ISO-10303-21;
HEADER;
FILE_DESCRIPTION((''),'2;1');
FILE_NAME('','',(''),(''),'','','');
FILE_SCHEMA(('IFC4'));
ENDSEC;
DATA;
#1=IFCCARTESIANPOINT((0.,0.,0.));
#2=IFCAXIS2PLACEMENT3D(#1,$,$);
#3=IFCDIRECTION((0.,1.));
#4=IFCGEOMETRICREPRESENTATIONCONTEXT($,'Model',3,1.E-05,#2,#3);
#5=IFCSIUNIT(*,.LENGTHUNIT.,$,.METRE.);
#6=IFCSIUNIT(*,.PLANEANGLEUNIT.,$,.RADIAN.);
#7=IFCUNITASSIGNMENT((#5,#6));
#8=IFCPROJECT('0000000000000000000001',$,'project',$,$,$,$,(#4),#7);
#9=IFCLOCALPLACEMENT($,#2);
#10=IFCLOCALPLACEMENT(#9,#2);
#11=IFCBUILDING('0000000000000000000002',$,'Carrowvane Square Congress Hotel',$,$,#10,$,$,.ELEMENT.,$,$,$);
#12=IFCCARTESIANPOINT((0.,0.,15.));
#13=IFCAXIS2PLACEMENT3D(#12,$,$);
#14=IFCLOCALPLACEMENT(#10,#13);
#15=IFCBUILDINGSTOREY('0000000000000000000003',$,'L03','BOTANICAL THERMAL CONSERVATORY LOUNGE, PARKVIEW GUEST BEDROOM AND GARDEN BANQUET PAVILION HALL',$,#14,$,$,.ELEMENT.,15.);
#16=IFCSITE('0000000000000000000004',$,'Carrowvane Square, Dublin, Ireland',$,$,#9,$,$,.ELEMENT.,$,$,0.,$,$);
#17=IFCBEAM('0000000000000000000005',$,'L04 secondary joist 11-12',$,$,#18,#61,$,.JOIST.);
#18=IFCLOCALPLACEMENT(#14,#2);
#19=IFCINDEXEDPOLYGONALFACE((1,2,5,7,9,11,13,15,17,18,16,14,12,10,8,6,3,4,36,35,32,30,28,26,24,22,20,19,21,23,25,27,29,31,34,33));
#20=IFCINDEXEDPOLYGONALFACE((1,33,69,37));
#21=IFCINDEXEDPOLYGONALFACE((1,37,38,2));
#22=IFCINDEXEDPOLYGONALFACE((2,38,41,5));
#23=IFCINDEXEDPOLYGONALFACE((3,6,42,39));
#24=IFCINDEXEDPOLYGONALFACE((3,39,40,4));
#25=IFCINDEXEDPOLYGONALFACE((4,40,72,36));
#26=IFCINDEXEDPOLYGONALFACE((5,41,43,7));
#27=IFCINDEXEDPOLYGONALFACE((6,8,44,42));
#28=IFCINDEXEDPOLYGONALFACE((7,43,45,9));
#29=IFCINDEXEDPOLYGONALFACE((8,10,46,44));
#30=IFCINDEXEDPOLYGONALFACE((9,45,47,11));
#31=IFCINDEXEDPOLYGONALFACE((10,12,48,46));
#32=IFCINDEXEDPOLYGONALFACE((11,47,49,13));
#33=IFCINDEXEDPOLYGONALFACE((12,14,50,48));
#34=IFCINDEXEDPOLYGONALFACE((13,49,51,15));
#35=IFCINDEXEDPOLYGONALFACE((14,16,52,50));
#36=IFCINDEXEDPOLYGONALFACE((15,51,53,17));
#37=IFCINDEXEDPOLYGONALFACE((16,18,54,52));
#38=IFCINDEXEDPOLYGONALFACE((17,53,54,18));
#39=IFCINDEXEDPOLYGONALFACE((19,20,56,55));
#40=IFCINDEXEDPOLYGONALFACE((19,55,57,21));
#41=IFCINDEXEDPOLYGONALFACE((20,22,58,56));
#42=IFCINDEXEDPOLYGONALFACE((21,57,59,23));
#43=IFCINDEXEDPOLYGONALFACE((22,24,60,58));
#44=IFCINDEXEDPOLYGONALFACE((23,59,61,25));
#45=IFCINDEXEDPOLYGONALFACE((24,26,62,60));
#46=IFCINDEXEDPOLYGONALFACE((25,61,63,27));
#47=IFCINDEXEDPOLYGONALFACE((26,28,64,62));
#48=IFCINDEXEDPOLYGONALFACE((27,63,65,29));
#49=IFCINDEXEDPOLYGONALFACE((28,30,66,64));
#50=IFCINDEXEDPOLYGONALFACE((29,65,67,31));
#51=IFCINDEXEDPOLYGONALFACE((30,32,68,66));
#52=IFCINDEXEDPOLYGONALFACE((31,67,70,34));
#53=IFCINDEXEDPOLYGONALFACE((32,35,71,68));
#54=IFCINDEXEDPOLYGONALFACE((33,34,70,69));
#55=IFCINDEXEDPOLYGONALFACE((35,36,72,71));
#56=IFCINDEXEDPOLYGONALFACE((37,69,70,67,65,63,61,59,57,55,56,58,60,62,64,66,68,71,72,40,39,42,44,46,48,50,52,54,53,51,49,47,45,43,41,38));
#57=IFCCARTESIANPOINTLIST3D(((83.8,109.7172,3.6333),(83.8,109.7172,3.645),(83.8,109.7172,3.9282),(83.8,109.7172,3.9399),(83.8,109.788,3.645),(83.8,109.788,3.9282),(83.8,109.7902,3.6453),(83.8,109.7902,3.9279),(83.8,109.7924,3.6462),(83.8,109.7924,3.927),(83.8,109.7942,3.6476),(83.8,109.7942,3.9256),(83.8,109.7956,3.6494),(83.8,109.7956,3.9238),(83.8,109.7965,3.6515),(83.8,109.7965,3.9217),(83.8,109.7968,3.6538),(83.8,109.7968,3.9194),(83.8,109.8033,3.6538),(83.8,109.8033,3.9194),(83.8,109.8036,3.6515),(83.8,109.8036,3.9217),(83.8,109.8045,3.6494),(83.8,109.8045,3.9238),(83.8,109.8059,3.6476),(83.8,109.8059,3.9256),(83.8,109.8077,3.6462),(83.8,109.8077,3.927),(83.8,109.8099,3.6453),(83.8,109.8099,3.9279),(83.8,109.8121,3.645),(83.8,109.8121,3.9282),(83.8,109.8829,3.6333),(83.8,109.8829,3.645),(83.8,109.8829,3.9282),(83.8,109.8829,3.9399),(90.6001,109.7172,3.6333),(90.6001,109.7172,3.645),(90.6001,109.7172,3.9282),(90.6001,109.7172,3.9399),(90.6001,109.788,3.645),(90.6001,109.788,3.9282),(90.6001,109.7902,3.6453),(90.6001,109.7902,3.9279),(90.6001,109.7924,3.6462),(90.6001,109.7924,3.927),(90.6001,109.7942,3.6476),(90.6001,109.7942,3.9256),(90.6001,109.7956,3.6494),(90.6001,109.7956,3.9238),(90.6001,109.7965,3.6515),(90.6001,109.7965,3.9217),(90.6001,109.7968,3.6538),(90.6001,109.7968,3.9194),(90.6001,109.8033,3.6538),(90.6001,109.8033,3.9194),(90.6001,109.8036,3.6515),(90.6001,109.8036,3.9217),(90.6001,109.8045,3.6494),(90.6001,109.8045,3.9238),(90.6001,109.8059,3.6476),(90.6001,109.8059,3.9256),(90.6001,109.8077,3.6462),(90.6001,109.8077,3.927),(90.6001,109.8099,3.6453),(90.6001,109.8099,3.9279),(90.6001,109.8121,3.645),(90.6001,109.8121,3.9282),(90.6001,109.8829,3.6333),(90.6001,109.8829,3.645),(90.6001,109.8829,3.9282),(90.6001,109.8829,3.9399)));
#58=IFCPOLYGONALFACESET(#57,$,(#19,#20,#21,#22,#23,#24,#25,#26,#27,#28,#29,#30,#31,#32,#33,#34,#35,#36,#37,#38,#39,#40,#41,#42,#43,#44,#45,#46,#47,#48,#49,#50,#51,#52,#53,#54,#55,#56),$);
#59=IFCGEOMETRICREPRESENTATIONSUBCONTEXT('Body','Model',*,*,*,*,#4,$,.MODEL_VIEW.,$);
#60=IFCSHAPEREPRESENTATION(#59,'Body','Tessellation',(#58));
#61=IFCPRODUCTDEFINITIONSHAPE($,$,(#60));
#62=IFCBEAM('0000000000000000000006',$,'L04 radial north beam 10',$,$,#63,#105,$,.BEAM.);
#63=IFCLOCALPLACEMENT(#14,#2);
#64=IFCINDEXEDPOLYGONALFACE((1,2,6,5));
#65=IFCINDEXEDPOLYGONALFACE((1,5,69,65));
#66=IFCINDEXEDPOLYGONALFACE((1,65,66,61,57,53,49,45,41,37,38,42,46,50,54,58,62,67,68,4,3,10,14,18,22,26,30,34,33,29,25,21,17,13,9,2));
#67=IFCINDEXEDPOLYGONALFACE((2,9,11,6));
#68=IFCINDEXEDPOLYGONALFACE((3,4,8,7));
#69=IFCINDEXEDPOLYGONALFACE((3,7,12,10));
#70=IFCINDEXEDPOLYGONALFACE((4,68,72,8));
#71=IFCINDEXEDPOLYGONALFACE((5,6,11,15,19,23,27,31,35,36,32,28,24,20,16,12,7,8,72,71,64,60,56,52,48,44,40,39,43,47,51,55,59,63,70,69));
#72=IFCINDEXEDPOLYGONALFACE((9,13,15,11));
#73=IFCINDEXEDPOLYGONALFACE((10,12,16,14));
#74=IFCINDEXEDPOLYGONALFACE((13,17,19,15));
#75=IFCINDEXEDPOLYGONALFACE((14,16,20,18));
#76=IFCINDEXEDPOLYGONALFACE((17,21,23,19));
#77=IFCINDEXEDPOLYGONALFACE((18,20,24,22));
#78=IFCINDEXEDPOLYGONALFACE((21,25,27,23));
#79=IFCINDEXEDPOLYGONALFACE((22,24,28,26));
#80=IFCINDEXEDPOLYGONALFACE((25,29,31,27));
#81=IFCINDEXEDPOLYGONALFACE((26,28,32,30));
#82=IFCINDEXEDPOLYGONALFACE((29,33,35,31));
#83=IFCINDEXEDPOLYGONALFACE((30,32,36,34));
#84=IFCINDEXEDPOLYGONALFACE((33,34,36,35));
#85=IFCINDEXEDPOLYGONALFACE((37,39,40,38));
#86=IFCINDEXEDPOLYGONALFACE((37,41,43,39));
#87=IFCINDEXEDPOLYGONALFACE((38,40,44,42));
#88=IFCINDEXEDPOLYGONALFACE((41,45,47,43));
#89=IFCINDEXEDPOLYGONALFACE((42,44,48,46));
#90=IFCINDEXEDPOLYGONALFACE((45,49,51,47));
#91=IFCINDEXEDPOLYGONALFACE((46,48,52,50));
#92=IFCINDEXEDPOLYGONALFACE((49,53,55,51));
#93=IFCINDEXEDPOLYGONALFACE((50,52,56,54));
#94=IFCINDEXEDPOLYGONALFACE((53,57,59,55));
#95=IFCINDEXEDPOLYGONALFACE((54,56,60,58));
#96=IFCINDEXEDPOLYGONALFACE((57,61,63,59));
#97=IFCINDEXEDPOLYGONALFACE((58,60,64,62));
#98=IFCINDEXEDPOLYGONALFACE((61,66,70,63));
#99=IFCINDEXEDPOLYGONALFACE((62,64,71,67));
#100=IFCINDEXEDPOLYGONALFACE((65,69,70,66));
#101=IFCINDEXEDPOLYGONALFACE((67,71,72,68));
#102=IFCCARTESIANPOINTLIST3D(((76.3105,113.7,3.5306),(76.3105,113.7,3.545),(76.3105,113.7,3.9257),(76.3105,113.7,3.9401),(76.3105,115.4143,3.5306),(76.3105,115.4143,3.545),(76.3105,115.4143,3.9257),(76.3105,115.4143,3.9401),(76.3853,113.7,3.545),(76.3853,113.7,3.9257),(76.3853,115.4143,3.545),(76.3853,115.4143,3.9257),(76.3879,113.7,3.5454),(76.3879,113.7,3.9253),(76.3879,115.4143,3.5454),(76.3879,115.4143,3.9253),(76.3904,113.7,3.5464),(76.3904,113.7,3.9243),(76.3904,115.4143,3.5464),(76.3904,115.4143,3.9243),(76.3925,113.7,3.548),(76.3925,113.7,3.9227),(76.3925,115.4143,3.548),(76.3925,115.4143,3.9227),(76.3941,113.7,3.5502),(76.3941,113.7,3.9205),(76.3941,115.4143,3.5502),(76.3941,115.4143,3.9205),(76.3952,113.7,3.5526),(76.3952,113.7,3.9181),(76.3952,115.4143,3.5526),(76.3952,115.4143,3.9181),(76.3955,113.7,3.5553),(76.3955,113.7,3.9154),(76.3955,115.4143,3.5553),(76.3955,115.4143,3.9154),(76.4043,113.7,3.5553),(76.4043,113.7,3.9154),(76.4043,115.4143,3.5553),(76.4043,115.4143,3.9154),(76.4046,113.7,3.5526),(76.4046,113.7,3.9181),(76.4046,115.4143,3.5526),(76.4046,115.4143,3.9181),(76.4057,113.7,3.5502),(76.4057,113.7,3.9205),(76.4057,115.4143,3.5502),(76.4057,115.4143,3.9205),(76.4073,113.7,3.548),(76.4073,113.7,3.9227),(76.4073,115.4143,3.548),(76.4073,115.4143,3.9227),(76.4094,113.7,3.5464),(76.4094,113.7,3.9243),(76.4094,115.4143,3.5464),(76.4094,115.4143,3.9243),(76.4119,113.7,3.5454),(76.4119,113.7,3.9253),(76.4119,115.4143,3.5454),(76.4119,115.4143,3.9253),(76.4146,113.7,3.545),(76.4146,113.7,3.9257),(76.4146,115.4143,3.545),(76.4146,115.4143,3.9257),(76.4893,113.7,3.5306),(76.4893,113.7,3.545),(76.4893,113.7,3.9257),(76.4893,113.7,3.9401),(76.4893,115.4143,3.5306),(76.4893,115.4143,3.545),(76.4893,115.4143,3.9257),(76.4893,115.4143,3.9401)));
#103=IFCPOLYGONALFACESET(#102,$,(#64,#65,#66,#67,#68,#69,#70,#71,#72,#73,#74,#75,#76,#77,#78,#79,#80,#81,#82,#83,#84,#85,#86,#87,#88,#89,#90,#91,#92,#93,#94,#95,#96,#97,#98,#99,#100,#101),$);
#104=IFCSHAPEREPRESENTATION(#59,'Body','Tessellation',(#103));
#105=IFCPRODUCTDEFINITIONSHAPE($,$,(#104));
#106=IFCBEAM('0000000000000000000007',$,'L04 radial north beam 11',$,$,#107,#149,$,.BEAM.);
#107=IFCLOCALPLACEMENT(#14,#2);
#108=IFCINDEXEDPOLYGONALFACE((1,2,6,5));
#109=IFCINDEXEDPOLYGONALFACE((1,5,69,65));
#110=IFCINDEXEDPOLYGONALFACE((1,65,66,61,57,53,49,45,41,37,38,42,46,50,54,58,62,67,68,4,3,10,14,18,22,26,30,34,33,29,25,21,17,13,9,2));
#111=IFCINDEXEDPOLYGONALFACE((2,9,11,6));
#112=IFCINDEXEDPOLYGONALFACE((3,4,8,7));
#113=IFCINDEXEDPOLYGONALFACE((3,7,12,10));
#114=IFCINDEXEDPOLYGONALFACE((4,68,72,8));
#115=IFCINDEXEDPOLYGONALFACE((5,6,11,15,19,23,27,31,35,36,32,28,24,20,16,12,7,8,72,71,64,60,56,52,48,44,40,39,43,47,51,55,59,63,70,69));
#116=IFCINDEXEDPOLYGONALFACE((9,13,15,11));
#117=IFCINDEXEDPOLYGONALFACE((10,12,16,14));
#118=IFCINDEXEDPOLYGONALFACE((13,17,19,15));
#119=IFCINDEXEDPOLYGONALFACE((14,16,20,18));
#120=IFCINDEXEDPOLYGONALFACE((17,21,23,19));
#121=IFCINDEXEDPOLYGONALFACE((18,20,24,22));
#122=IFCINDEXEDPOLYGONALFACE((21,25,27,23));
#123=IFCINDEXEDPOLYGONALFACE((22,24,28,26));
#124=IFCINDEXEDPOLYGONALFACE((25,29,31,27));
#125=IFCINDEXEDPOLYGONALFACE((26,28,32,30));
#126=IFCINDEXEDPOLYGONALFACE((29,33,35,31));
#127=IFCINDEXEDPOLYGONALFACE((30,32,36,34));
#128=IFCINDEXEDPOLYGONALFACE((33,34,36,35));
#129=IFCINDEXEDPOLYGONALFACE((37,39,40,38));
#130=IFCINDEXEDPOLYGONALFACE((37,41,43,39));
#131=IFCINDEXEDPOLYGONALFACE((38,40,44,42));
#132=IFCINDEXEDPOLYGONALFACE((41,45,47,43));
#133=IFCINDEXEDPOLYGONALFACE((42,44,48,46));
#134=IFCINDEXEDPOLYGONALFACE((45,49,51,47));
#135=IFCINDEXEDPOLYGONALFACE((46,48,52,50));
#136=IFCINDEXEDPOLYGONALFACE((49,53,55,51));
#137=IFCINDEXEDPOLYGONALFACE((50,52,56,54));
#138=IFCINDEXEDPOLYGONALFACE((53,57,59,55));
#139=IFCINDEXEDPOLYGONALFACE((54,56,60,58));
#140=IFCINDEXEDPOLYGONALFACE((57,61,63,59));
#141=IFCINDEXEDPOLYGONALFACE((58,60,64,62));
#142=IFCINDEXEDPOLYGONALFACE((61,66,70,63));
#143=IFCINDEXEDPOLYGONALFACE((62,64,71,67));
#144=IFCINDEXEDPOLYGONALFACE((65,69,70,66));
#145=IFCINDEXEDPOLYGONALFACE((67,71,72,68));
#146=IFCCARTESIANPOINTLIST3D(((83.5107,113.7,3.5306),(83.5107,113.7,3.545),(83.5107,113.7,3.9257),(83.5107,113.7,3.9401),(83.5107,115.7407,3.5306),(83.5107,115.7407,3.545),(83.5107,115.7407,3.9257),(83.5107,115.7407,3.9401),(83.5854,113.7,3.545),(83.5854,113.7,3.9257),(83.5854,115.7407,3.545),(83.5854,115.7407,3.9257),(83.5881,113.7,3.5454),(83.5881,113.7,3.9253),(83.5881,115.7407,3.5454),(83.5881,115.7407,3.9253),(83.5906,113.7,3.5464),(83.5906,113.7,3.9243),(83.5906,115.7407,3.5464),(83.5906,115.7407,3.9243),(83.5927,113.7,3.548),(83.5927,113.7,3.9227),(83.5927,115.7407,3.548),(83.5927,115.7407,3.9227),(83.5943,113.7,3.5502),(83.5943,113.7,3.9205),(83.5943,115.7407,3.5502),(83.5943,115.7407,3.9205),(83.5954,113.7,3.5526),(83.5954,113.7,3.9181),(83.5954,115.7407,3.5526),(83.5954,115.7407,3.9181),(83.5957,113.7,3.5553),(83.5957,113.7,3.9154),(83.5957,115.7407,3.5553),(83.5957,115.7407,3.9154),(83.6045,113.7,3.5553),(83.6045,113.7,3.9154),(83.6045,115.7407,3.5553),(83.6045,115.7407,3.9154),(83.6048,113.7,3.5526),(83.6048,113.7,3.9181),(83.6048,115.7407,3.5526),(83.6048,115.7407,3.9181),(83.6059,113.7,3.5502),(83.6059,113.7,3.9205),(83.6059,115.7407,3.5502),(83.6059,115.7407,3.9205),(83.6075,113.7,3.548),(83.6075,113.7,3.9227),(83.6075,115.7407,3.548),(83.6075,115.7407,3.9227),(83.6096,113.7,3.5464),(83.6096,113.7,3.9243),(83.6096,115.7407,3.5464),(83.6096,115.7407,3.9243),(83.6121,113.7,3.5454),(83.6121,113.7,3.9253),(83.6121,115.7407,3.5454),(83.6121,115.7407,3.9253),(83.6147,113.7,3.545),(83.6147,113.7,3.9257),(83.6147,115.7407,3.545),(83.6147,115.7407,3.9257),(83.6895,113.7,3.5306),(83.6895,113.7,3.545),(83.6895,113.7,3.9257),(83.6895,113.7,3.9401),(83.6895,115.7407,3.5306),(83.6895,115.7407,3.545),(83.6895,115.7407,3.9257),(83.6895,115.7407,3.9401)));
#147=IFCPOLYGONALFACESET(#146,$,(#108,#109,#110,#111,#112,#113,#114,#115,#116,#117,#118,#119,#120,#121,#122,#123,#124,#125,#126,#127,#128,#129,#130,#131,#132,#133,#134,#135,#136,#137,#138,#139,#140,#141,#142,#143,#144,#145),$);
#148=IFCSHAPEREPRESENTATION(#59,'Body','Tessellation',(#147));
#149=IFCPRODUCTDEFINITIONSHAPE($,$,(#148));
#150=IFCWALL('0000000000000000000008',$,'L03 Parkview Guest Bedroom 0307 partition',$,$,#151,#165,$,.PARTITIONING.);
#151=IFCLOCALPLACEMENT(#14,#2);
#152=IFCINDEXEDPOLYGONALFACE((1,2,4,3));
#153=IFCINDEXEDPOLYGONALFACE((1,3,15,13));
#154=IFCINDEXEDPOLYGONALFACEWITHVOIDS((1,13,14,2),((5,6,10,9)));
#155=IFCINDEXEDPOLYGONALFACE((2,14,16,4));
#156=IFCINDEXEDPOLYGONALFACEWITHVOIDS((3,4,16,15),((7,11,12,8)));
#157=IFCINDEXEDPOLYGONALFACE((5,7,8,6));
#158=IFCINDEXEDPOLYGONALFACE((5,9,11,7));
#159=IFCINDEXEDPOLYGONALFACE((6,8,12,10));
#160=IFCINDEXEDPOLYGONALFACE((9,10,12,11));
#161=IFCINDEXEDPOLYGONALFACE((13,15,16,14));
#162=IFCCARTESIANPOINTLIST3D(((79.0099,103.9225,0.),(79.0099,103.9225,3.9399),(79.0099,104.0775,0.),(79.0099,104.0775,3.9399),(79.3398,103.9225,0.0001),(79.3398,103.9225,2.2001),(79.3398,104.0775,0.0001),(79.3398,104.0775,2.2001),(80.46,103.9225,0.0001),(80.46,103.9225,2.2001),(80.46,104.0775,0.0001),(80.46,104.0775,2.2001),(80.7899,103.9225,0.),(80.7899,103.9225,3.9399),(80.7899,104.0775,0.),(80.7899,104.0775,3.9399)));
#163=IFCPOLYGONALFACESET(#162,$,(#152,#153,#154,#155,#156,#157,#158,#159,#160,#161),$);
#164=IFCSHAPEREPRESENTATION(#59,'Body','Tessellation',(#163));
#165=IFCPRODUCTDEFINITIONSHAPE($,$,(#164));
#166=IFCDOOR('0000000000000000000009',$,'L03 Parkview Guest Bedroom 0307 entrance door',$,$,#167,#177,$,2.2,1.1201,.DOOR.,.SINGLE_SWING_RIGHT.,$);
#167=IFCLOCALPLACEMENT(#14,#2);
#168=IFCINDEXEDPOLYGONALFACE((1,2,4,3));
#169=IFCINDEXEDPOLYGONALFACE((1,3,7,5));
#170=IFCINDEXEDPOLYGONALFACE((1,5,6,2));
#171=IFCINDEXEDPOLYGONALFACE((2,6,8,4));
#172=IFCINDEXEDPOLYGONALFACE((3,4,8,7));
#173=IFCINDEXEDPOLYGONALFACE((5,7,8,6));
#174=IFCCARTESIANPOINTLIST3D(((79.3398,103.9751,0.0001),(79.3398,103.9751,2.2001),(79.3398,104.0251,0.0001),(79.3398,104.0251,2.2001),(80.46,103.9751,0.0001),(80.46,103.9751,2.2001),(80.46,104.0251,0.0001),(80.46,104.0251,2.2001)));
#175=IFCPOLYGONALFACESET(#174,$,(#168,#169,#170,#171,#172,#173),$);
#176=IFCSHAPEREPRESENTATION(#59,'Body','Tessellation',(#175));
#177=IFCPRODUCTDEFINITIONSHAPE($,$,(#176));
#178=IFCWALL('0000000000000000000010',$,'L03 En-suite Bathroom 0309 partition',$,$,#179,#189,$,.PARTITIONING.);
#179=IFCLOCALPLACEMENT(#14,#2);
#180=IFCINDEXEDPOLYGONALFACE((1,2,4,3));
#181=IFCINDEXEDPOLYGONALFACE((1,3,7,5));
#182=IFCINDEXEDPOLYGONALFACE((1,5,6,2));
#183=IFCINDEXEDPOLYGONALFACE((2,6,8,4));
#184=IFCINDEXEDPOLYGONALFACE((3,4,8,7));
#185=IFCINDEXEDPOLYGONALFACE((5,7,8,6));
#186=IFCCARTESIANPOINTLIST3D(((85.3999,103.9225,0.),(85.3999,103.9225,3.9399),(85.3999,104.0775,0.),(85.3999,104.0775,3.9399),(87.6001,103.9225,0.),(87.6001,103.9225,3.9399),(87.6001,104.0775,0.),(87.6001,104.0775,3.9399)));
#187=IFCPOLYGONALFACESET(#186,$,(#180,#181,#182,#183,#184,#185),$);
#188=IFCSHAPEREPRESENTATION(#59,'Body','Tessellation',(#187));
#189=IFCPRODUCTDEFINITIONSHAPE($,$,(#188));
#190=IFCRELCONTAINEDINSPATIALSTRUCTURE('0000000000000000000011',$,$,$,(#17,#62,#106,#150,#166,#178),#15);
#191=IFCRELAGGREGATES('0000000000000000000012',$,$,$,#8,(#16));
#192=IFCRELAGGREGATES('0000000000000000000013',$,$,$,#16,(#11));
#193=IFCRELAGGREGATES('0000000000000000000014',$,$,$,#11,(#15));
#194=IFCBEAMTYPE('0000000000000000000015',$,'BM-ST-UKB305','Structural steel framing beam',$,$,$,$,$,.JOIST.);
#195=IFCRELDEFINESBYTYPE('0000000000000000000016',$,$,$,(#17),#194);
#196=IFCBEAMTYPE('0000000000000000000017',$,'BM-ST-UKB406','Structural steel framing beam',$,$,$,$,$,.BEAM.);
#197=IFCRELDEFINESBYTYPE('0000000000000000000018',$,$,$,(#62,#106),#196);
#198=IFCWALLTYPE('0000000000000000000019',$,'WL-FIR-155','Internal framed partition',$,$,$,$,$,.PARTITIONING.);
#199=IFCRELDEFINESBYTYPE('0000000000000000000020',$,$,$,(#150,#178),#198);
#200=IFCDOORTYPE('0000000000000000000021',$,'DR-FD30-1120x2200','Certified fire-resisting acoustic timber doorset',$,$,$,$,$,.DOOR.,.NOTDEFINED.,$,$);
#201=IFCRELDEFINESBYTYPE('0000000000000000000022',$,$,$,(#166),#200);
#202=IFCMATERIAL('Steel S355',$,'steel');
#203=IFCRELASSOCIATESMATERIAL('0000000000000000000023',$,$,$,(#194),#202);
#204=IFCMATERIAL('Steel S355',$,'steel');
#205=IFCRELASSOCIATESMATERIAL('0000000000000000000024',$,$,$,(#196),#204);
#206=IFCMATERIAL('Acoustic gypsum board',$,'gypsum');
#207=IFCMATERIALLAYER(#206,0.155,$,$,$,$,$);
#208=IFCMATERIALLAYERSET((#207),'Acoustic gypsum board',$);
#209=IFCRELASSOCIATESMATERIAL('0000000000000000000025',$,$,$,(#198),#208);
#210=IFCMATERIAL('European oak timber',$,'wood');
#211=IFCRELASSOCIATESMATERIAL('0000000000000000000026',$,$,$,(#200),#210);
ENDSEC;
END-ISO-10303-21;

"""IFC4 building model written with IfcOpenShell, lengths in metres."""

from ifc_helpers import new_model, si_unit, direction, frame, frame_2d, origin, origin_2d, place, context, subcontext, project, spatial, rectangle, i_section, extrude, material, layer, layer_set, material_profile, profile_set, type_object, element, fill, save


model = new_model("IFC4")

# Units and contexts
model_context = context("Model", 3, precision=1e-05, world=origin(), true_north=direction((0.0, 1.0)))
body_context = subcontext(model_context, "Body", "Model", "MODEL_VIEW")
ifc_project = project(units=[si_unit("LENGTHUNIT", "METRE"), si_unit("PLANEANGLEUNIT", "RADIAN")], contexts=[model_context])

# Site, building, storey
site_placement = place(None, origin())
site = spatial("IfcSite", under=ifc_project, at=site_placement, Name="Carrowvane Square, Dublin, Ireland", CompositionType="ELEMENT", RefElevation=0.0)
building_placement = place(site_placement, origin())
building = spatial("IfcBuilding", under=site, at=building_placement, Name="Carrowvane Square Congress Hotel", CompositionType="ELEMENT")
storey_placement = place(building_placement, frame((0.0, 0.0, 15.0)))
storey = spatial("IfcBuildingStorey", under=building, at=storey_placement, Name="L03", Description="BOTANICAL THERMAL CONSERVATORY LOUNGE, PARKVIEW GUEST BEDROOM AND GARDEN BANQUET PAVILION HALL", CompositionType="ELEMENT", Elevation=15.0)

# Beams
ifc_material_1 = material(Name="Steel S355", Category="steel")
ifc_material_profile_1 = material_profile(ifc_material_1, i_section(OverallWidth=0.1658, OverallDepth=0.3066, WebThickness=0.0066, FlangeThickness=0.0117, FilletRadius=0.0088, at=origin_2d()), Name="UKB 305x165x46")
ifc_profile_set_1 = profile_set([ifc_material_profile_1], Name="Steel S355")
beam_type_1 = type_object("IfcBeamType", Name="BM-ST-UKB305", Description="Structural steel framing beam", PredefinedType="JOIST", material=ifc_profile_set_1)
beam_1_placement = place(storey_placement, frame((83.8, 109.8, 3.7866), z_axis=(1.0, 0.0, 0.0), x_axis=(0.0, 1.0, 0.0)))
element("IfcBeam", 1, at=beam_1_placement, inside=storey, type_object=beam_type_1, Name="L04 secondary joist 11-12", PredefinedType="JOIST", context=body_context, shape_type="SweptSolid", body=[
    extrude(i_section(OverallWidth=0.1658, OverallDepth=0.3066, WebThickness=0.0066, FlangeThickness=0.0117, FilletRadius=0.0088, at=origin_2d()), origin(), (0.0, 0.0, 1.0), 6.8),
])
ifc_material_2 = material(Name="Steel S355", Category="steel")
ifc_material_profile_2 = material_profile(ifc_material_2, i_section(OverallWidth=0.1787, OverallDepth=0.4094, WebThickness=0.0088, FlangeThickness=0.0144, FilletRadius=0.0103, at=origin_2d()), Name="UKB 406x178x67")
ifc_profile_set_2 = profile_set([ifc_material_profile_2], Name="Steel S355")
beam_type_2 = type_object("IfcBeamType", Name="BM-ST-UKB406", Description="Structural steel framing beam", PredefinedType="BEAM", material=ifc_profile_set_2)
beam_2_placement = place(storey_placement, frame((76.3999, 113.7, 3.7354), z_axis=(0.0, 1.0, 0.0), x_axis=(-1.0, 0.0, 0.0)))
element("IfcBeam", 2, at=beam_2_placement, inside=storey, type_object=beam_type_2, Name="L04 radial north beam 10", PredefinedType="BEAM", context=body_context, shape_type="SweptSolid", body=[
    extrude(i_section(OverallWidth=0.1787, OverallDepth=0.4094, WebThickness=0.0088, FlangeThickness=0.0144, FilletRadius=0.0103, at=origin_2d()), origin(), (0.0, 0.0, 1.0), 1.7144),
])
beam_3_placement = place(storey_placement, frame((83.6001, 113.7, 3.7354), z_axis=(0.0, 1.0, 0.0), x_axis=(-1.0, 0.0, 0.0)))
element("IfcBeam", 3, at=beam_3_placement, inside=storey, type_object=beam_type_2, Name="L04 radial north beam 11", PredefinedType="BEAM", context=body_context, shape_type="SweptSolid", body=[
    extrude(i_section(OverallWidth=0.1787, OverallDepth=0.4094, WebThickness=0.0088, FlangeThickness=0.0144, FilletRadius=0.0103, at=origin_2d()), origin(), (0.0, 0.0, 1.0), 2.0408),
])

# Wall, opening, door
ifc_material_3 = material(Name="Acoustic gypsum board", Category="gypsum")
ifc_layer_1 = layer(ifc_material_3, 0.155)
ifc_layer_set_1 = layer_set([ifc_layer_1], Name="Acoustic gypsum board")
wall_type_1 = type_object("IfcWallType", Name="WL-FIR-155", Description="Internal framed partition", PredefinedType="PARTITIONING", material=ifc_layer_set_1)
wall_1_placement = place(storey_placement, frame((80.79, 104.0, 0.0), z_axis=(0.0, 0.0, 1.0), x_axis=(-1.0, 0.0, 0.0)))
wall_1 = element("IfcWall", 4, at=wall_1_placement, inside=storey, type_object=wall_type_1, Name="L03 Parkview Guest Bedroom 0307 partition", PredefinedType="PARTITIONING", context=body_context, shape_type="SweptSolid", body=[
    extrude(rectangle(XDim=1.78, YDim=0.155, at=frame_2d((0.8901, 0.0))), origin(), (0.0, 0.0, 1.0), 3.9399),
])
opening_1_placement = place(wall_1_placement, frame((0.3301, 0.0, 0.0)))
opening_1 = element("IfcOpeningElement", 5, at=opening_1_placement, cuts=wall_1, PredefinedType="OPENING", context=body_context, shape_type="SweptSolid", body=[
    extrude(rectangle(XDim=1.1201, YDim=2.2, at=frame_2d((0.5601, 1.1001))), frame((0.0, 0.0874, 0.0), z_axis=(0.0, -1.0, 0.0), x_axis=(1.0, 0.0, 0.0)), (0.0, 0.0, 1.0), 0.175),
])
ifc_material_4 = material(Name="European oak timber", Category="wood")
door_type_1 = type_object("IfcDoorType", Name="DR-FD30-1120x2200", Description="Certified fire-resisting acoustic timber doorset", OperationType="NOTDEFINED", PredefinedType="DOOR", material=ifc_material_4)
door_1_placement = place(opening_1_placement, origin())
door_1 = element("IfcDoor", 6, at=door_1_placement, inside=storey, type_object=door_type_1, Name="L03 Parkview Guest Bedroom 0307 entrance door", OperationType="SINGLE_SWING_RIGHT", OverallHeight=2.2, OverallWidth=1.1201, PredefinedType="DOOR", context=body_context, shape_type="SweptSolid", body=[
    extrude(rectangle(XDim=1.1201, YDim=2.2, at=frame_2d((0.5601, 1.1001))), frame((0.0, 0.0249, 0.0), z_axis=(0.0, -1.0, 0.0), x_axis=(1.0, 0.0, 0.0)), (0.0, 0.0, 1.0), 0.05),
])
fill(opening_1, door_1)

# Wall
wall_2_placement = place(storey_placement, frame((87.6001, 104.0, 0.0), z_axis=(0.0, 0.0, 1.0), x_axis=(-1.0, 0.0, 0.0)))
element("IfcWall", 7, at=wall_2_placement, inside=storey, type_object=wall_type_1, Name="L03 En-suite Bathroom 0309 partition", PredefinedType="PARTITIONING", context=body_context, shape_type="SweptSolid", body=[
    extrude(rectangle(XDim=2.2002, YDim=0.155, at=frame_2d((1.1001, 0.0))), origin(), (0.0, 0.0, 1.0), 3.9399),
])

save(model, "model.ifc")
